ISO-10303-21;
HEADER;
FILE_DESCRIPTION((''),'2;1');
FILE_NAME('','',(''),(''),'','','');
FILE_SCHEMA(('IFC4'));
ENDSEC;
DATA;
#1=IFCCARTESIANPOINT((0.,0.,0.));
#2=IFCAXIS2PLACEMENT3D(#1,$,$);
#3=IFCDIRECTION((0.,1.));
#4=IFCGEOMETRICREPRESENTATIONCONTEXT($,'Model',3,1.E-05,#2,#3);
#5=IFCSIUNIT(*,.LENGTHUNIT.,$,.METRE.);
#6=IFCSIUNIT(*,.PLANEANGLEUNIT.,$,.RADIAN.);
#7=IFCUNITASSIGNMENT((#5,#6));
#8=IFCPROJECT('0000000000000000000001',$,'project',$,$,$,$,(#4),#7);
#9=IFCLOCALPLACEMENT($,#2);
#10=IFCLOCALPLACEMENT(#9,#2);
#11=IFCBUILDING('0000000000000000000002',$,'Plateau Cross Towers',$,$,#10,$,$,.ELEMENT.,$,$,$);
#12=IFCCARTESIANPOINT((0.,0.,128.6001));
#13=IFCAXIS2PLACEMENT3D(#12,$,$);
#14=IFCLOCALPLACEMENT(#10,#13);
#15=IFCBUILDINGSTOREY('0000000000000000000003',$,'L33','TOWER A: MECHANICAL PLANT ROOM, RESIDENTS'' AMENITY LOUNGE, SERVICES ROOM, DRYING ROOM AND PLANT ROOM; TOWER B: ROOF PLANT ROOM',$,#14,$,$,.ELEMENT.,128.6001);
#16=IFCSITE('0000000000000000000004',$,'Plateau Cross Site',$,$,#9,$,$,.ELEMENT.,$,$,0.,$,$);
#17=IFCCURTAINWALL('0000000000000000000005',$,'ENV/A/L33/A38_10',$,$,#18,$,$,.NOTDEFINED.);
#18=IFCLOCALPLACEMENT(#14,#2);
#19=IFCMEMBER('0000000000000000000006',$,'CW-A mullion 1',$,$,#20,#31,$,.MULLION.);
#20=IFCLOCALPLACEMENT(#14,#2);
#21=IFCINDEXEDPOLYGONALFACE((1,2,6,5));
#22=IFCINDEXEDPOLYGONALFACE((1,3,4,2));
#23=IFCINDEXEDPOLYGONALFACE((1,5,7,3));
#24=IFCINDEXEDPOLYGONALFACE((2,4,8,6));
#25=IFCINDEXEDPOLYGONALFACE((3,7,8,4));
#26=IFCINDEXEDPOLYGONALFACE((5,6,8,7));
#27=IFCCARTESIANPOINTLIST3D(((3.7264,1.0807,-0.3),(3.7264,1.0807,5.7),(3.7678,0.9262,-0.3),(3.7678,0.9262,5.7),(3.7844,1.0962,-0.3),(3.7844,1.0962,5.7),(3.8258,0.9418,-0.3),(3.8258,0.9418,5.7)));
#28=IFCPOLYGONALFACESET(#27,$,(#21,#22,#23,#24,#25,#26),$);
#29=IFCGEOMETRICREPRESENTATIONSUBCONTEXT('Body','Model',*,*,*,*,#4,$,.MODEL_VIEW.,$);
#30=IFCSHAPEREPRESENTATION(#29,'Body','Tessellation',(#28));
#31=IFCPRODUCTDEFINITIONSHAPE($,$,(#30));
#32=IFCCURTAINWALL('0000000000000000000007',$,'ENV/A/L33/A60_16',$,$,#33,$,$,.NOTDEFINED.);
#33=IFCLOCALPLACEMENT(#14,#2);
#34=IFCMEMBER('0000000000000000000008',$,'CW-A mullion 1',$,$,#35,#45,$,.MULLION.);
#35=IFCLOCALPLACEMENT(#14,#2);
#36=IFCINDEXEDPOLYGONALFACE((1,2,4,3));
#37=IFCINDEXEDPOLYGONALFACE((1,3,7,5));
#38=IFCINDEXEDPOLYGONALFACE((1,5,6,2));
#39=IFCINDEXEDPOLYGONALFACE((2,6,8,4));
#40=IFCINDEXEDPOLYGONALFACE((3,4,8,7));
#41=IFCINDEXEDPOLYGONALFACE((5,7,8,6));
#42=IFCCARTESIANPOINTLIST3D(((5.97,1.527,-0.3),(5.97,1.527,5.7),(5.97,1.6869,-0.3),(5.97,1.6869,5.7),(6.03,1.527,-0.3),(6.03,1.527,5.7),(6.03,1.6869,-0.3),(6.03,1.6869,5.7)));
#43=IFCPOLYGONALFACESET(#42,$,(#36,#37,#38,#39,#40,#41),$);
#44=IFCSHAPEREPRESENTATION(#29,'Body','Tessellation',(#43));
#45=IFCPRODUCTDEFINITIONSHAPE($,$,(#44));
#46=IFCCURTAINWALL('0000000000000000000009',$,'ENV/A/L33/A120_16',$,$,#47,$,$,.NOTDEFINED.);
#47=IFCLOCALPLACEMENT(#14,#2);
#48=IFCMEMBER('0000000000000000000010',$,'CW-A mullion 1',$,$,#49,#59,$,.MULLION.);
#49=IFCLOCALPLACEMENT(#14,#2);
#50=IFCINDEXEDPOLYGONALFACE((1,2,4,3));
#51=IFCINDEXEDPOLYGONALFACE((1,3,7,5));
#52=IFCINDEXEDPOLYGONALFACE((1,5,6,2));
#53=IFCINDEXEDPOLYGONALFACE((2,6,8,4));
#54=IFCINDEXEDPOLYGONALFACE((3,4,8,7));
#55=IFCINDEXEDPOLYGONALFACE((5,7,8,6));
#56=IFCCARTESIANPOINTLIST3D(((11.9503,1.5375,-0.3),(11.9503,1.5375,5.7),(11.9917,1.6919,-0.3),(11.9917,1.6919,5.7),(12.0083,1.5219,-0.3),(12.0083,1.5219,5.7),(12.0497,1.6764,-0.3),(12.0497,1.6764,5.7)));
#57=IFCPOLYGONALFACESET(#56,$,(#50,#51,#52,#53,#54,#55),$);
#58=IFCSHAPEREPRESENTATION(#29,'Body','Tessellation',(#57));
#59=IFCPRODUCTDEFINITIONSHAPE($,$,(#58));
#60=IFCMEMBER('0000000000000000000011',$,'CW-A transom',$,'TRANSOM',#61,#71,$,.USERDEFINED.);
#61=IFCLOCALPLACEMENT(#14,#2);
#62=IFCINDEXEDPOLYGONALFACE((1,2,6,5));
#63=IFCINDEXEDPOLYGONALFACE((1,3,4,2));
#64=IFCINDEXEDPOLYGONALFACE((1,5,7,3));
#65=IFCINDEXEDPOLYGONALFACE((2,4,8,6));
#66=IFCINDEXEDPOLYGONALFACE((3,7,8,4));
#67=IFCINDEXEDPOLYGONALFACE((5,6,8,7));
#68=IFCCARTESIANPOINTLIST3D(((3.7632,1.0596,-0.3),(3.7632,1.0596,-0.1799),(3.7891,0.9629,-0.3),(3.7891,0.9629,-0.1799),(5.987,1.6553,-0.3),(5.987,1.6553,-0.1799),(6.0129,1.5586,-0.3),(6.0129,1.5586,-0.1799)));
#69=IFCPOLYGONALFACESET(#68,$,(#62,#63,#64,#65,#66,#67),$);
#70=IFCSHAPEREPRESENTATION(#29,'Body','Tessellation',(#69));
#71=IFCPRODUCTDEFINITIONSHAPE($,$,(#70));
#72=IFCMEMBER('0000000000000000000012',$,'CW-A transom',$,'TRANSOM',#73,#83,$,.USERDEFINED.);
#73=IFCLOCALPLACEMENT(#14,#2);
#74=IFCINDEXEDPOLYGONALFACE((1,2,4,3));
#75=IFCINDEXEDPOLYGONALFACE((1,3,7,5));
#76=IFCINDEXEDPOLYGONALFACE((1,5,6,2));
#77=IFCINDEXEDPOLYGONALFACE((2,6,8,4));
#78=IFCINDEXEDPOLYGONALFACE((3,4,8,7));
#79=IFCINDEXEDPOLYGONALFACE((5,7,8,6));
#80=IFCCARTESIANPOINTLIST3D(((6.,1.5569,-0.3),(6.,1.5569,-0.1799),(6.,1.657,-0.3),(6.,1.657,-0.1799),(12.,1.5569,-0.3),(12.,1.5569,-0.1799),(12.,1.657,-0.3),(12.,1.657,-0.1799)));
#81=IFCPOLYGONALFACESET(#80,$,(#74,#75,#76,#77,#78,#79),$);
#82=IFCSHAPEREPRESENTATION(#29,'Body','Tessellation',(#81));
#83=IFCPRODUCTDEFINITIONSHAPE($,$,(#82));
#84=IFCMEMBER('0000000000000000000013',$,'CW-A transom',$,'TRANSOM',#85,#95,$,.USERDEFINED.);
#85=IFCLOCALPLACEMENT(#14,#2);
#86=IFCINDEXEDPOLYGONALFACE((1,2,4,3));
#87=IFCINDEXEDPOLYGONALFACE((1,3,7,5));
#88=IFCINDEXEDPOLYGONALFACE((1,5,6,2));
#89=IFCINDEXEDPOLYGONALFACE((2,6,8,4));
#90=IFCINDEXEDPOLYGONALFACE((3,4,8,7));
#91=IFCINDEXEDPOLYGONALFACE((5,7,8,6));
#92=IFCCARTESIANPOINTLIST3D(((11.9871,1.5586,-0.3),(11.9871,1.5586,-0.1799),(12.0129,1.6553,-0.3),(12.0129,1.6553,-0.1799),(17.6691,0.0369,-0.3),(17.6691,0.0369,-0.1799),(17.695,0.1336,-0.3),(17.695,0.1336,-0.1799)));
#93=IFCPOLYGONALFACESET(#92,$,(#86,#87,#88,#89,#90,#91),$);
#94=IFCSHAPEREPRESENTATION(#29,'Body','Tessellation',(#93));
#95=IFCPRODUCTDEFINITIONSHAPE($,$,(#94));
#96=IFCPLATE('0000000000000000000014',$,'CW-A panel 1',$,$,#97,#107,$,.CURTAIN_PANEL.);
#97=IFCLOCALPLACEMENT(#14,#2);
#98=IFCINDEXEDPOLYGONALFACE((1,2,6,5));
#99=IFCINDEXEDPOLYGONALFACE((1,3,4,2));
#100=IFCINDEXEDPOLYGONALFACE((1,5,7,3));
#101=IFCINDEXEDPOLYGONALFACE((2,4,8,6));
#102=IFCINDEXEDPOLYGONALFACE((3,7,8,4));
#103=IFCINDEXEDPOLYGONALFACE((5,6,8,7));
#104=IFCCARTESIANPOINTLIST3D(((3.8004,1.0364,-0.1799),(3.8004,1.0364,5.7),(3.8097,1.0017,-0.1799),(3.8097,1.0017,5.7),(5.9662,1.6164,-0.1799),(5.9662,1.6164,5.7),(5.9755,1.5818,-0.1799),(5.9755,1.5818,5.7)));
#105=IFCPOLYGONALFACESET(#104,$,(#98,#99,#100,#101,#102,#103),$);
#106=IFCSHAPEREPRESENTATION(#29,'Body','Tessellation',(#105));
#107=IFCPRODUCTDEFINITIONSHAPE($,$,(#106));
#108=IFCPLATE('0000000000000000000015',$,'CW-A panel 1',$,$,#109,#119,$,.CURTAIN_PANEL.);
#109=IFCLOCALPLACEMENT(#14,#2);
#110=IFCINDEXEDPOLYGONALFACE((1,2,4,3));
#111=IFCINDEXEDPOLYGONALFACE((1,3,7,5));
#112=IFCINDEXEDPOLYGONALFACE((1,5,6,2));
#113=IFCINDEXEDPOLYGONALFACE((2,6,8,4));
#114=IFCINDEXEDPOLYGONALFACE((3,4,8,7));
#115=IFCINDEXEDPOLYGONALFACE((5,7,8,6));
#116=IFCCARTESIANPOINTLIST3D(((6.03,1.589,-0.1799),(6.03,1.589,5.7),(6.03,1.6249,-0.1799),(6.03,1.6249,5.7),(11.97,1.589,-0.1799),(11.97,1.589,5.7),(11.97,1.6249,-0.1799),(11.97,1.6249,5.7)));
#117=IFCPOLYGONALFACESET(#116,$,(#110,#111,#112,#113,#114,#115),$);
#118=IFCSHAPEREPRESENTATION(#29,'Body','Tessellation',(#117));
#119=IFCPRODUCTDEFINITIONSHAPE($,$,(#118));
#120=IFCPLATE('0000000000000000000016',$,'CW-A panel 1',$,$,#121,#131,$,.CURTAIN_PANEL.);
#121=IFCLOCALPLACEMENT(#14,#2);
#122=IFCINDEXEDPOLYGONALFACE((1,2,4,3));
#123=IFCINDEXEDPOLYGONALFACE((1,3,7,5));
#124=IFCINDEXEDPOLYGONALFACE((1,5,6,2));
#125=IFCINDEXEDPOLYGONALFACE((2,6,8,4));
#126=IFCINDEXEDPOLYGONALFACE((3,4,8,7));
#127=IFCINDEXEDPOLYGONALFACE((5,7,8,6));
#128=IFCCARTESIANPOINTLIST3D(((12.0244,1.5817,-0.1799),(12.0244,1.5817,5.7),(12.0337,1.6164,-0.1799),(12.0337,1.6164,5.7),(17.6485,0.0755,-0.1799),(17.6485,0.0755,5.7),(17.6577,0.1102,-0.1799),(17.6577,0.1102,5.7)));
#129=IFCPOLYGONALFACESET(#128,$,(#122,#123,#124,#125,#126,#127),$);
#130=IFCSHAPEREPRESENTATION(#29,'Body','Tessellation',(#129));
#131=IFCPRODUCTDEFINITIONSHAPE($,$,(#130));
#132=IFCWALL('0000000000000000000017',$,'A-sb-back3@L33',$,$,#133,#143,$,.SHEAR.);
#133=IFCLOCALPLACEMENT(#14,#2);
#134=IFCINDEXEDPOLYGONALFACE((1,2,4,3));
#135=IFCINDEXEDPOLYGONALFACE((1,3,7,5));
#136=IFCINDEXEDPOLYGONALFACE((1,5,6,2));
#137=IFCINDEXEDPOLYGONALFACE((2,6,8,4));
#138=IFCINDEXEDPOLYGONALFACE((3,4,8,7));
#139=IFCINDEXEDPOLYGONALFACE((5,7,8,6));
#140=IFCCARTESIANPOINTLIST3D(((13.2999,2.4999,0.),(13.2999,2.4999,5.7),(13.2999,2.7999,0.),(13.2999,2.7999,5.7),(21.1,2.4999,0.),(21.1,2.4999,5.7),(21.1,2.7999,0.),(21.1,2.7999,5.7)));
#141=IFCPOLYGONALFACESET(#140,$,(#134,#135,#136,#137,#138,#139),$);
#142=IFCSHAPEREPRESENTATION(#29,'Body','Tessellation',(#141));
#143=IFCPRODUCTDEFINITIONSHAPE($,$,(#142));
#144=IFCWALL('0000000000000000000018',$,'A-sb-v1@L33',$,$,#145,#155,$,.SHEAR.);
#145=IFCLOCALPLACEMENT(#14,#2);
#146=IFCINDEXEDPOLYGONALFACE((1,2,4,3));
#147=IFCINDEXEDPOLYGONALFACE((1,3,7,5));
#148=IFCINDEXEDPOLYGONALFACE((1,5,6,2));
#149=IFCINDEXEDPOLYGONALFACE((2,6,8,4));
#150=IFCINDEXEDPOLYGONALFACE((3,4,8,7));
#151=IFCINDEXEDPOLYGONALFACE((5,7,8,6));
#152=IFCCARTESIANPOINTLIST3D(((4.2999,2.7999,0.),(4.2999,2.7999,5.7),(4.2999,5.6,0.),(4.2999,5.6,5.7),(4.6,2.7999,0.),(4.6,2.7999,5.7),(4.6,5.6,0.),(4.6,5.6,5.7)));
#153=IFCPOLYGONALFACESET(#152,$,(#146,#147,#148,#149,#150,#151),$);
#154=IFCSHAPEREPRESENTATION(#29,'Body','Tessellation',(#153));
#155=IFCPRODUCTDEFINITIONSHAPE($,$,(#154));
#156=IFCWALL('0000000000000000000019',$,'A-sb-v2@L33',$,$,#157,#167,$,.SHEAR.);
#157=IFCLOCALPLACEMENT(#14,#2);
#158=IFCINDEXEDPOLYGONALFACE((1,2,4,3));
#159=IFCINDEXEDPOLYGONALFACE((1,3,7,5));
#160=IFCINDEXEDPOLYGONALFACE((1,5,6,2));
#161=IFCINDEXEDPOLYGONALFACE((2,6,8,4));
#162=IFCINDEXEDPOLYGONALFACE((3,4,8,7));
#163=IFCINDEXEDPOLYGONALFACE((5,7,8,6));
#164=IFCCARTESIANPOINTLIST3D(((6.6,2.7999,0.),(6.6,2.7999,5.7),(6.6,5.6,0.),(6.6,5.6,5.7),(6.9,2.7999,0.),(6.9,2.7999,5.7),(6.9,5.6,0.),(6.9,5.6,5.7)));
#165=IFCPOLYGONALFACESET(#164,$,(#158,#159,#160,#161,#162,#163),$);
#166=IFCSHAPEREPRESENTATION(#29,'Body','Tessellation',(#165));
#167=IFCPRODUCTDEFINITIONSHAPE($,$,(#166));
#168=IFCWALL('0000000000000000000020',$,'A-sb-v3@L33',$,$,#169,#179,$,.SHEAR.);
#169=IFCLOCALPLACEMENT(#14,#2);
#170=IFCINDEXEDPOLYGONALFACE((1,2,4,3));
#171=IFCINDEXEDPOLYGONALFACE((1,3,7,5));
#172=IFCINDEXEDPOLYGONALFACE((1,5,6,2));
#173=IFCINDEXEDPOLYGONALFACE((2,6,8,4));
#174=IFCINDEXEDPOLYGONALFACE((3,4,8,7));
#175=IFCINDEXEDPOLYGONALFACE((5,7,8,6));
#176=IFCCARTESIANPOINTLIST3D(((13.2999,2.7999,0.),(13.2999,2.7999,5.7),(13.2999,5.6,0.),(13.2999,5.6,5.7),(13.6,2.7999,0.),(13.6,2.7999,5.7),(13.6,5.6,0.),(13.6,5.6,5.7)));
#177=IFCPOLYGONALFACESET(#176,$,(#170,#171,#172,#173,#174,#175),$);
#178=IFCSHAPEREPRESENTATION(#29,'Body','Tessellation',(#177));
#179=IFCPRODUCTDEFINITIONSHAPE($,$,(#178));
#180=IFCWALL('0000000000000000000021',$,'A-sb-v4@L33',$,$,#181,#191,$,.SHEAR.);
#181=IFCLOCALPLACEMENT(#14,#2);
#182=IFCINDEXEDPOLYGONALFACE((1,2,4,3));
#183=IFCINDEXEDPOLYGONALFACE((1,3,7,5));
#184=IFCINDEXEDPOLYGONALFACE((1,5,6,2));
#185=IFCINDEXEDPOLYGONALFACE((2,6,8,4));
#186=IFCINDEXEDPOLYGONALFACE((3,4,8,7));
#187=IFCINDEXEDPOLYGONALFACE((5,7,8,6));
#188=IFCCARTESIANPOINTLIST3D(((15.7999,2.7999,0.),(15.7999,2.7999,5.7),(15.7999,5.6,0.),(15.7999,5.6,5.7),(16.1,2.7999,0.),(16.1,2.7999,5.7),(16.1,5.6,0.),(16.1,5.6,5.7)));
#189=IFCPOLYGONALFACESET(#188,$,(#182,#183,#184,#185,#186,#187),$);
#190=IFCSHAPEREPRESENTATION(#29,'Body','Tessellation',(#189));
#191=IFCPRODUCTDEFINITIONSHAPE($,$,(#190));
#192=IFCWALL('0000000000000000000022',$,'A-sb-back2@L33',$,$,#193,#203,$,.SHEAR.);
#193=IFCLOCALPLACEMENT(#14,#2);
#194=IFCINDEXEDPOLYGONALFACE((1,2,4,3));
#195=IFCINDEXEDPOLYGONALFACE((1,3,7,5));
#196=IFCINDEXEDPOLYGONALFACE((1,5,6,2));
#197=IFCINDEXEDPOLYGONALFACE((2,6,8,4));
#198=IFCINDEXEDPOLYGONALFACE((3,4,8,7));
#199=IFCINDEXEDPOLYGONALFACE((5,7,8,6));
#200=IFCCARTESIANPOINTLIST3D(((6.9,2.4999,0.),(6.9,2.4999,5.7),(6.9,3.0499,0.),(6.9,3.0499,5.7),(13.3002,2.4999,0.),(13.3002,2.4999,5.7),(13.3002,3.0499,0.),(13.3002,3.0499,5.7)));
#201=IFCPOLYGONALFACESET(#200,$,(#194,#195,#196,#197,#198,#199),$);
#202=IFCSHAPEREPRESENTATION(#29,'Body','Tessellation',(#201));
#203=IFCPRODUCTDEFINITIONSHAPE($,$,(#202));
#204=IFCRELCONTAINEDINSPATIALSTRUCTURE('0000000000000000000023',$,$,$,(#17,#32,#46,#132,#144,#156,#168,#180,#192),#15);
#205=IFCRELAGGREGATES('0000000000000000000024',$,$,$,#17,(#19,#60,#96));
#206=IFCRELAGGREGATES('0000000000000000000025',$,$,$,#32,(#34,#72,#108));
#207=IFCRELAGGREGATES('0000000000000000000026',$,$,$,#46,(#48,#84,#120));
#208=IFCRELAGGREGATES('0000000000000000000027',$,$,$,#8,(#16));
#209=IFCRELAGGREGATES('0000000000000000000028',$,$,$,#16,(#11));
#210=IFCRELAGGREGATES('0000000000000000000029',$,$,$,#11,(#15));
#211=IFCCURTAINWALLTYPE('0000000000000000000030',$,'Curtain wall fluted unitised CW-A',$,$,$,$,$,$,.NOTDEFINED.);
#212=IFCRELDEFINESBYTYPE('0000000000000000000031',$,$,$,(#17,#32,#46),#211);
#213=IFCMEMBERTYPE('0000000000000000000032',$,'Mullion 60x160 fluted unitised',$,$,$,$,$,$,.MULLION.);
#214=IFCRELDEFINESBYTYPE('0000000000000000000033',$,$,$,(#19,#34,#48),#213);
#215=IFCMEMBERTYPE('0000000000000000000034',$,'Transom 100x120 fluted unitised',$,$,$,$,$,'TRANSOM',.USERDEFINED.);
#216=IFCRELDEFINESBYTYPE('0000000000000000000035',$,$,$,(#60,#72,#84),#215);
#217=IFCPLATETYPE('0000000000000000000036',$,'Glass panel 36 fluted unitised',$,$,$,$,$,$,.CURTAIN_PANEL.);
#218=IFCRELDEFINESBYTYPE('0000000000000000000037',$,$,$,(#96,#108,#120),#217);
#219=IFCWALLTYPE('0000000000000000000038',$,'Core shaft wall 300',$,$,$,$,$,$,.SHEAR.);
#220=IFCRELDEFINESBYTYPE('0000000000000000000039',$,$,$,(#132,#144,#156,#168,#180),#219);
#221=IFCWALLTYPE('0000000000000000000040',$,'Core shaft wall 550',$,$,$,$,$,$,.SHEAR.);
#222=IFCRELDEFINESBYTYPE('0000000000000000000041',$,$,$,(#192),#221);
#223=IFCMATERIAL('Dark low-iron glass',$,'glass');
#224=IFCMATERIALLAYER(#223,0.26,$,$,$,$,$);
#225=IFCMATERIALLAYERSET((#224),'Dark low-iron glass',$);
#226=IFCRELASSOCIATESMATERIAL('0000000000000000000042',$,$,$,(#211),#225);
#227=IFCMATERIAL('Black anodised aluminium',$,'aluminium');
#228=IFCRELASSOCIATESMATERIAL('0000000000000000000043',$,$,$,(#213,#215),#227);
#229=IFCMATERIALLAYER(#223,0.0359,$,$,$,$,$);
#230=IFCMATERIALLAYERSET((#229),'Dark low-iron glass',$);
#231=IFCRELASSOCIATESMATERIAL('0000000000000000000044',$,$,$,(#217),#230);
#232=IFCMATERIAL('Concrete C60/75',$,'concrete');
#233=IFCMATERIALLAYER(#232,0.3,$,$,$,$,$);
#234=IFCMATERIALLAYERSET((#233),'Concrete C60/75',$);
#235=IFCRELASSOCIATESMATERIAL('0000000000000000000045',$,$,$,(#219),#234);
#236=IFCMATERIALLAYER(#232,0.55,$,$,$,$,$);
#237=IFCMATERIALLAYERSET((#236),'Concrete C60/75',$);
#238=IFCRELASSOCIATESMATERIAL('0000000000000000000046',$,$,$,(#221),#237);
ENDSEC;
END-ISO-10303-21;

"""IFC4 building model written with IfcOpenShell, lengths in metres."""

from ifc_helpers import new_model, si_unit, direction, frame, frame_2d, origin, origin_2d, place, context, subcontext, project, spatial, rectangle, extrude, material, layer, layer_set, material_profile, profile_set, type_object, element, aggregate, save


model = new_model("IFC4")

# Units and contexts
model_context = context("Model", 3, precision=1e-05, world=origin(), true_north=direction((0.0, 1.0)))
body_context = subcontext(model_context, "Body", "Model", "MODEL_VIEW")
ifc_project = project(units=[si_unit("LENGTHUNIT", "METRE"), si_unit("PLANEANGLEUNIT", "RADIAN")], contexts=[model_context])

# Site, building, storey
site_placement = place(None, origin())
site = spatial("IfcSite", under=ifc_project, at=site_placement, Name="Plateau Cross Site", CompositionType="ELEMENT", RefElevation=0.0)
building_placement = place(site_placement, origin())
building = spatial("IfcBuilding", under=site, at=building_placement, Name="Plateau Cross Towers", CompositionType="ELEMENT")
storey_placement = place(building_placement, frame((0.0, 0.0, 128.6001)))
storey = spatial("IfcBuildingStorey", under=building, at=storey_placement, Name="L33", Description="TOWER A: MECHANICAL PLANT ROOM, RESIDENTS' AMENITY LOUNGE, SERVICES ROOM, DRYING ROOM AND PLANT ROOM; TOWER B: ROOF PLANT ROOM", CompositionType="ELEMENT", Elevation=128.6001)

# Curtain walls, members
ifc_material_1 = material(Name="Dark low-iron glass", Category="glass")
ifc_layer_1 = layer(ifc_material_1, 0.26)
ifc_layer_set_1 = layer_set([ifc_layer_1], Name="Dark low-iron glass")
curtain_wall_type = type_object("IfcCurtainWallType", Name="Curtain wall fluted unitised CW-A", PredefinedType="NOTDEFINED", material=ifc_layer_set_1)
curtain_wall_1_placement = place(storey_placement, origin())
curtain_wall_1 = element("IfcCurtainWall", 1, at=curtain_wall_1_placement, inside=storey, type_object=curtain_wall_type, Name="ENV/A/L33/A38_10", PredefinedType="NOTDEFINED")
ifc_material_2 = material(Name="Black anodised aluminium", Category="aluminium")
ifc_material_profile_1 = material_profile(ifc_material_2, rectangle(XDim=0.0601, YDim=0.1599, at=origin_2d()), Name="MULLION 60x160")
ifc_profile_set_1 = profile_set([ifc_material_profile_1], Name="Black anodised aluminium")
member_type_1 = type_object("IfcMemberType", Name="Mullion 60x160 fluted unitised", PredefinedType="MULLION", material=ifc_profile_set_1)
member_1_placement = place(storey_placement, frame((3.7761, 1.0112, -0.3), z_axis=(0.0, 0.0, 1.0), x_axis=(0.965958, 0.258699, 0.0)))
member_1 = element("IfcMember", 2, at=member_1_placement, type_object=member_type_1, Name="CW-A mullion 1", PredefinedType="MULLION", context=body_context, shape_type="SweptSolid", body=[
    extrude(rectangle(XDim=0.0601, YDim=0.1599, at=origin_2d()), origin(), (0.0, 0.0, 1.0), 6.0),
])
curtain_wall_2_placement = place(storey_placement, origin())
curtain_wall_2 = element("IfcCurtainWall", 3, at=curtain_wall_2_placement, inside=storey, type_object=curtain_wall_type, Name="ENV/A/L33/A60_16", PredefinedType="NOTDEFINED")
member_2_placement = place(storey_placement, frame((6.0, 1.6069, -0.3), z_axis=(0.0, 0.0, 1.0), x_axis=(1.0, 0.0, 0.0)))
member_2 = element("IfcMember", 4, at=member_2_placement, type_object=member_type_1, Name="CW-A mullion 1", PredefinedType="MULLION", context=body_context, shape_type="SweptSolid", body=[
    extrude(rectangle(XDim=0.0601, YDim=0.1599, at=origin_2d()), origin(), (0.0, 0.0, 1.0), 6.0),
])
curtain_wall_3_placement = place(storey_placement, origin())
curtain_wall_3 = element("IfcCurtainWall", 5, at=curtain_wall_3_placement, inside=storey, type_object=curtain_wall_type, Name="ENV/A/L33/A120_16", PredefinedType="NOTDEFINED")
member_3_placement = place(storey_placement, frame((12.0, 1.6069, -0.3), z_axis=(0.0, 0.0, 1.0), x_axis=(0.965958, -0.258699, 0.0)))
member_3 = element("IfcMember", 6, at=member_3_placement, type_object=member_type_1, Name="CW-A mullion 1", PredefinedType="MULLION", context=body_context, shape_type="SweptSolid", body=[
    extrude(rectangle(XDim=0.0601, YDim=0.1599, at=origin_2d()), origin(), (0.0, 0.0, 1.0), 6.0),
])

# Members
ifc_material_profile_2 = material_profile(ifc_material_2, rectangle(XDim=0.1001, YDim=0.1201, at=origin_2d()), Name="TRANSOM 100x120")
ifc_profile_set_2 = profile_set([ifc_material_profile_2], Name="Black anodised aluminium")
member_type_2 = type_object("IfcMemberType", Name="Transom 100x120 fluted unitised", ElementType="TRANSOM", PredefinedType="USERDEFINED", material=ifc_profile_set_2)
member_4_placement = place(storey_placement, frame((3.7761, 1.0112, -0.24), z_axis=(0.965946, 0.258745, 0.0), x_axis=(-0.258745, 0.965946, 0.0)))
member_4 = element("IfcMember", 7, at=member_4_placement, type_object=member_type_2, Name="CW-A transom", ObjectType="TRANSOM", PredefinedType="USERDEFINED", context=body_context, shape_type="SweptSolid", body=[
    extrude(rectangle(XDim=0.1001, YDim=0.1201, at=origin_2d()), origin(), (0.0, 0.0, 1.0), 2.3022),
])
member_5_placement = place(storey_placement, frame((6.0, 1.6069, -0.24), z_axis=(1.0, 0.0, 0.0), x_axis=(0.0, 1.0, 0.0)))
member_5 = element("IfcMember", 8, at=member_5_placement, type_object=member_type_2, Name="CW-A transom", ObjectType="TRANSOM", PredefinedType="USERDEFINED", context=body_context, shape_type="SweptSolid", body=[
    extrude(rectangle(XDim=0.1001, YDim=0.1201, at=origin_2d()), origin(), (0.0, 0.0, 1.0), 6.0),
])
member_6_placement = place(storey_placement, frame((12.0, 1.6069, -0.24), z_axis=(0.96596, -0.258693, 0.0), x_axis=(0.258693, 0.96596, 0.0)))
member_6 = element("IfcMember", 9, at=member_6_placement, type_object=member_type_2, Name="CW-A transom", ObjectType="TRANSOM", PredefinedType="USERDEFINED", context=body_context, shape_type="SweptSolid", body=[
    extrude(rectangle(XDim=0.1001, YDim=0.1201, at=origin_2d()), origin(), (0.0, 0.0, 1.0), 5.8823),
])

# Plates
ifc_layer_2 = layer(ifc_material_1, 0.0359)
ifc_layer_set_2 = layer_set([ifc_layer_2], Name="Dark low-iron glass")
plate_type = type_object("IfcPlateType", Name="Glass panel 36 fluted unitised", PredefinedType="CURTAIN_PANEL", material=ifc_layer_set_2)
plate_1_placement = place(storey_placement, frame((4.8879, 1.3091, -0.1799), z_axis=(0.0, 0.0, 1.0), x_axis=(0.965958, 0.258699, 0.0)))
plate_1 = element("IfcPlate", 10, at=plate_1_placement, type_object=plate_type, Name="CW-A panel 1", PredefinedType="CURTAIN_PANEL", context=body_context, shape_type="SweptSolid", body=[
    extrude(rectangle(XDim=2.2422, YDim=0.0359, at=origin_2d()), origin(), (0.0, 0.0, 1.0), 5.8799),
])
aggregate(curtain_wall_1, [member_1, member_4, plate_1])
plate_2_placement = place(storey_placement, frame((9.0, 1.6069, -0.1799), z_axis=(0.0, 0.0, 1.0), x_axis=(1.0, 0.0, 0.0)))
plate_2 = element("IfcPlate", 11, at=plate_2_placement, type_object=plate_type, Name="CW-A panel 1", PredefinedType="CURTAIN_PANEL", context=body_context, shape_type="SweptSolid", body=[
    extrude(rectangle(XDim=5.9399, YDim=0.0359, at=origin_2d()), origin(), (0.0, 0.0, 1.0), 5.8799),
])
aggregate(curtain_wall_2, [member_2, member_5, plate_2])
plate_3_placement = place(storey_placement, frame((14.8411, 0.8459, -0.1799), z_axis=(0.0, 0.0, 1.0), x_axis=(0.965958, -0.258699, 0.0)))
plate_3 = element("IfcPlate", 12, at=plate_3_placement, type_object=plate_type, Name="CW-A panel 1", PredefinedType="CURTAIN_PANEL", context=body_context, shape_type="SweptSolid", body=[
    extrude(rectangle(XDim=5.8223, YDim=0.0359, at=origin_2d()), origin(), (0.0, 0.0, 1.0), 5.8799),
])
aggregate(curtain_wall_3, [member_3, member_6, plate_3])

# Walls
ifc_material_3 = material(Name="Concrete C60/75", Category="concrete")
ifc_layer_3 = layer(ifc_material_3, 0.3)
ifc_layer_set_3 = layer_set([ifc_layer_3], Name="Concrete C60/75")
wall_type_1 = type_object("IfcWallType", Name="Core shaft wall 300", PredefinedType="SHEAR", material=ifc_layer_set_3)
wall_1_placement = place(storey_placement, frame((13.3, 2.6499, 0.0), z_axis=(0.0, 0.0, 1.0), x_axis=(1.0, 0.0, 0.0)))
element("IfcWall", 13, at=wall_1_placement, inside=storey, type_object=wall_type_1, Name="A-sb-back3@L33", PredefinedType="SHEAR", context=body_context, shape_type="SweptSolid", body=[
    extrude(rectangle(XDim=7.8, YDim=0.3, at=frame_2d((3.8999, 0.0))), origin(), (0.0, 0.0, 1.0), 5.7),
])
for number, where, z_axis, x_axis, name in (
    (14, (4.45, 2.8, 0.0), (0.0, 0.0, 1.0), (0.0, 1.0, 0.0), "A-sb-v1@L33"),
    (15, (6.75, 2.8, 0.0), (0.0, 0.0, 1.0), (0.0, 1.0, 0.0), "A-sb-v2@L33"),
    (16, (13.45, 2.8, 0.0), (0.0, 0.0, 1.0), (0.0, 1.0, 0.0), "A-sb-v3@L33"),
    (17, (15.95, 2.8, 0.0), (0.0, 0.0, 1.0), (0.0, 1.0, 0.0), "A-sb-v4@L33"),
):
    element("IfcWall", number, at=place(storey_placement, frame(where, z_axis=z_axis, x_axis=x_axis)), inside=storey, type_object=wall_type_1, Name=name, PredefinedType="SHEAR", context=body_context, shape_type="SweptSolid", body=[
        extrude(rectangle(XDim=2.8, YDim=0.3, at=frame_2d((1.3999, 0.0))), origin(), (0.0, 0.0, 1.0), 5.7),
    ])
ifc_layer_4 = layer(ifc_material_3, 0.55)
ifc_layer_set_4 = layer_set([ifc_layer_4], Name="Concrete C60/75")
wall_type_2 = type_object("IfcWallType", Name="Core shaft wall 550", PredefinedType="SHEAR", material=ifc_layer_set_4)
wall_2_placement = place(storey_placement, frame((6.8999, 2.7749, 0.0), z_axis=(0.0, 0.0, 1.0), x_axis=(1.0, 0.0, 0.0)))
element("IfcWall", 18, at=wall_2_placement, inside=storey, type_object=wall_type_2, Name="A-sb-back2@L33", PredefinedType="SHEAR", context=body_context, shape_type="SweptSolid", body=[
    extrude(rectangle(XDim=6.4001, YDim=0.55, at=frame_2d((3.2002, 0.0))), origin(), (0.0, 0.0, 1.0), 5.7),
])

save(model, "model.ifc")
